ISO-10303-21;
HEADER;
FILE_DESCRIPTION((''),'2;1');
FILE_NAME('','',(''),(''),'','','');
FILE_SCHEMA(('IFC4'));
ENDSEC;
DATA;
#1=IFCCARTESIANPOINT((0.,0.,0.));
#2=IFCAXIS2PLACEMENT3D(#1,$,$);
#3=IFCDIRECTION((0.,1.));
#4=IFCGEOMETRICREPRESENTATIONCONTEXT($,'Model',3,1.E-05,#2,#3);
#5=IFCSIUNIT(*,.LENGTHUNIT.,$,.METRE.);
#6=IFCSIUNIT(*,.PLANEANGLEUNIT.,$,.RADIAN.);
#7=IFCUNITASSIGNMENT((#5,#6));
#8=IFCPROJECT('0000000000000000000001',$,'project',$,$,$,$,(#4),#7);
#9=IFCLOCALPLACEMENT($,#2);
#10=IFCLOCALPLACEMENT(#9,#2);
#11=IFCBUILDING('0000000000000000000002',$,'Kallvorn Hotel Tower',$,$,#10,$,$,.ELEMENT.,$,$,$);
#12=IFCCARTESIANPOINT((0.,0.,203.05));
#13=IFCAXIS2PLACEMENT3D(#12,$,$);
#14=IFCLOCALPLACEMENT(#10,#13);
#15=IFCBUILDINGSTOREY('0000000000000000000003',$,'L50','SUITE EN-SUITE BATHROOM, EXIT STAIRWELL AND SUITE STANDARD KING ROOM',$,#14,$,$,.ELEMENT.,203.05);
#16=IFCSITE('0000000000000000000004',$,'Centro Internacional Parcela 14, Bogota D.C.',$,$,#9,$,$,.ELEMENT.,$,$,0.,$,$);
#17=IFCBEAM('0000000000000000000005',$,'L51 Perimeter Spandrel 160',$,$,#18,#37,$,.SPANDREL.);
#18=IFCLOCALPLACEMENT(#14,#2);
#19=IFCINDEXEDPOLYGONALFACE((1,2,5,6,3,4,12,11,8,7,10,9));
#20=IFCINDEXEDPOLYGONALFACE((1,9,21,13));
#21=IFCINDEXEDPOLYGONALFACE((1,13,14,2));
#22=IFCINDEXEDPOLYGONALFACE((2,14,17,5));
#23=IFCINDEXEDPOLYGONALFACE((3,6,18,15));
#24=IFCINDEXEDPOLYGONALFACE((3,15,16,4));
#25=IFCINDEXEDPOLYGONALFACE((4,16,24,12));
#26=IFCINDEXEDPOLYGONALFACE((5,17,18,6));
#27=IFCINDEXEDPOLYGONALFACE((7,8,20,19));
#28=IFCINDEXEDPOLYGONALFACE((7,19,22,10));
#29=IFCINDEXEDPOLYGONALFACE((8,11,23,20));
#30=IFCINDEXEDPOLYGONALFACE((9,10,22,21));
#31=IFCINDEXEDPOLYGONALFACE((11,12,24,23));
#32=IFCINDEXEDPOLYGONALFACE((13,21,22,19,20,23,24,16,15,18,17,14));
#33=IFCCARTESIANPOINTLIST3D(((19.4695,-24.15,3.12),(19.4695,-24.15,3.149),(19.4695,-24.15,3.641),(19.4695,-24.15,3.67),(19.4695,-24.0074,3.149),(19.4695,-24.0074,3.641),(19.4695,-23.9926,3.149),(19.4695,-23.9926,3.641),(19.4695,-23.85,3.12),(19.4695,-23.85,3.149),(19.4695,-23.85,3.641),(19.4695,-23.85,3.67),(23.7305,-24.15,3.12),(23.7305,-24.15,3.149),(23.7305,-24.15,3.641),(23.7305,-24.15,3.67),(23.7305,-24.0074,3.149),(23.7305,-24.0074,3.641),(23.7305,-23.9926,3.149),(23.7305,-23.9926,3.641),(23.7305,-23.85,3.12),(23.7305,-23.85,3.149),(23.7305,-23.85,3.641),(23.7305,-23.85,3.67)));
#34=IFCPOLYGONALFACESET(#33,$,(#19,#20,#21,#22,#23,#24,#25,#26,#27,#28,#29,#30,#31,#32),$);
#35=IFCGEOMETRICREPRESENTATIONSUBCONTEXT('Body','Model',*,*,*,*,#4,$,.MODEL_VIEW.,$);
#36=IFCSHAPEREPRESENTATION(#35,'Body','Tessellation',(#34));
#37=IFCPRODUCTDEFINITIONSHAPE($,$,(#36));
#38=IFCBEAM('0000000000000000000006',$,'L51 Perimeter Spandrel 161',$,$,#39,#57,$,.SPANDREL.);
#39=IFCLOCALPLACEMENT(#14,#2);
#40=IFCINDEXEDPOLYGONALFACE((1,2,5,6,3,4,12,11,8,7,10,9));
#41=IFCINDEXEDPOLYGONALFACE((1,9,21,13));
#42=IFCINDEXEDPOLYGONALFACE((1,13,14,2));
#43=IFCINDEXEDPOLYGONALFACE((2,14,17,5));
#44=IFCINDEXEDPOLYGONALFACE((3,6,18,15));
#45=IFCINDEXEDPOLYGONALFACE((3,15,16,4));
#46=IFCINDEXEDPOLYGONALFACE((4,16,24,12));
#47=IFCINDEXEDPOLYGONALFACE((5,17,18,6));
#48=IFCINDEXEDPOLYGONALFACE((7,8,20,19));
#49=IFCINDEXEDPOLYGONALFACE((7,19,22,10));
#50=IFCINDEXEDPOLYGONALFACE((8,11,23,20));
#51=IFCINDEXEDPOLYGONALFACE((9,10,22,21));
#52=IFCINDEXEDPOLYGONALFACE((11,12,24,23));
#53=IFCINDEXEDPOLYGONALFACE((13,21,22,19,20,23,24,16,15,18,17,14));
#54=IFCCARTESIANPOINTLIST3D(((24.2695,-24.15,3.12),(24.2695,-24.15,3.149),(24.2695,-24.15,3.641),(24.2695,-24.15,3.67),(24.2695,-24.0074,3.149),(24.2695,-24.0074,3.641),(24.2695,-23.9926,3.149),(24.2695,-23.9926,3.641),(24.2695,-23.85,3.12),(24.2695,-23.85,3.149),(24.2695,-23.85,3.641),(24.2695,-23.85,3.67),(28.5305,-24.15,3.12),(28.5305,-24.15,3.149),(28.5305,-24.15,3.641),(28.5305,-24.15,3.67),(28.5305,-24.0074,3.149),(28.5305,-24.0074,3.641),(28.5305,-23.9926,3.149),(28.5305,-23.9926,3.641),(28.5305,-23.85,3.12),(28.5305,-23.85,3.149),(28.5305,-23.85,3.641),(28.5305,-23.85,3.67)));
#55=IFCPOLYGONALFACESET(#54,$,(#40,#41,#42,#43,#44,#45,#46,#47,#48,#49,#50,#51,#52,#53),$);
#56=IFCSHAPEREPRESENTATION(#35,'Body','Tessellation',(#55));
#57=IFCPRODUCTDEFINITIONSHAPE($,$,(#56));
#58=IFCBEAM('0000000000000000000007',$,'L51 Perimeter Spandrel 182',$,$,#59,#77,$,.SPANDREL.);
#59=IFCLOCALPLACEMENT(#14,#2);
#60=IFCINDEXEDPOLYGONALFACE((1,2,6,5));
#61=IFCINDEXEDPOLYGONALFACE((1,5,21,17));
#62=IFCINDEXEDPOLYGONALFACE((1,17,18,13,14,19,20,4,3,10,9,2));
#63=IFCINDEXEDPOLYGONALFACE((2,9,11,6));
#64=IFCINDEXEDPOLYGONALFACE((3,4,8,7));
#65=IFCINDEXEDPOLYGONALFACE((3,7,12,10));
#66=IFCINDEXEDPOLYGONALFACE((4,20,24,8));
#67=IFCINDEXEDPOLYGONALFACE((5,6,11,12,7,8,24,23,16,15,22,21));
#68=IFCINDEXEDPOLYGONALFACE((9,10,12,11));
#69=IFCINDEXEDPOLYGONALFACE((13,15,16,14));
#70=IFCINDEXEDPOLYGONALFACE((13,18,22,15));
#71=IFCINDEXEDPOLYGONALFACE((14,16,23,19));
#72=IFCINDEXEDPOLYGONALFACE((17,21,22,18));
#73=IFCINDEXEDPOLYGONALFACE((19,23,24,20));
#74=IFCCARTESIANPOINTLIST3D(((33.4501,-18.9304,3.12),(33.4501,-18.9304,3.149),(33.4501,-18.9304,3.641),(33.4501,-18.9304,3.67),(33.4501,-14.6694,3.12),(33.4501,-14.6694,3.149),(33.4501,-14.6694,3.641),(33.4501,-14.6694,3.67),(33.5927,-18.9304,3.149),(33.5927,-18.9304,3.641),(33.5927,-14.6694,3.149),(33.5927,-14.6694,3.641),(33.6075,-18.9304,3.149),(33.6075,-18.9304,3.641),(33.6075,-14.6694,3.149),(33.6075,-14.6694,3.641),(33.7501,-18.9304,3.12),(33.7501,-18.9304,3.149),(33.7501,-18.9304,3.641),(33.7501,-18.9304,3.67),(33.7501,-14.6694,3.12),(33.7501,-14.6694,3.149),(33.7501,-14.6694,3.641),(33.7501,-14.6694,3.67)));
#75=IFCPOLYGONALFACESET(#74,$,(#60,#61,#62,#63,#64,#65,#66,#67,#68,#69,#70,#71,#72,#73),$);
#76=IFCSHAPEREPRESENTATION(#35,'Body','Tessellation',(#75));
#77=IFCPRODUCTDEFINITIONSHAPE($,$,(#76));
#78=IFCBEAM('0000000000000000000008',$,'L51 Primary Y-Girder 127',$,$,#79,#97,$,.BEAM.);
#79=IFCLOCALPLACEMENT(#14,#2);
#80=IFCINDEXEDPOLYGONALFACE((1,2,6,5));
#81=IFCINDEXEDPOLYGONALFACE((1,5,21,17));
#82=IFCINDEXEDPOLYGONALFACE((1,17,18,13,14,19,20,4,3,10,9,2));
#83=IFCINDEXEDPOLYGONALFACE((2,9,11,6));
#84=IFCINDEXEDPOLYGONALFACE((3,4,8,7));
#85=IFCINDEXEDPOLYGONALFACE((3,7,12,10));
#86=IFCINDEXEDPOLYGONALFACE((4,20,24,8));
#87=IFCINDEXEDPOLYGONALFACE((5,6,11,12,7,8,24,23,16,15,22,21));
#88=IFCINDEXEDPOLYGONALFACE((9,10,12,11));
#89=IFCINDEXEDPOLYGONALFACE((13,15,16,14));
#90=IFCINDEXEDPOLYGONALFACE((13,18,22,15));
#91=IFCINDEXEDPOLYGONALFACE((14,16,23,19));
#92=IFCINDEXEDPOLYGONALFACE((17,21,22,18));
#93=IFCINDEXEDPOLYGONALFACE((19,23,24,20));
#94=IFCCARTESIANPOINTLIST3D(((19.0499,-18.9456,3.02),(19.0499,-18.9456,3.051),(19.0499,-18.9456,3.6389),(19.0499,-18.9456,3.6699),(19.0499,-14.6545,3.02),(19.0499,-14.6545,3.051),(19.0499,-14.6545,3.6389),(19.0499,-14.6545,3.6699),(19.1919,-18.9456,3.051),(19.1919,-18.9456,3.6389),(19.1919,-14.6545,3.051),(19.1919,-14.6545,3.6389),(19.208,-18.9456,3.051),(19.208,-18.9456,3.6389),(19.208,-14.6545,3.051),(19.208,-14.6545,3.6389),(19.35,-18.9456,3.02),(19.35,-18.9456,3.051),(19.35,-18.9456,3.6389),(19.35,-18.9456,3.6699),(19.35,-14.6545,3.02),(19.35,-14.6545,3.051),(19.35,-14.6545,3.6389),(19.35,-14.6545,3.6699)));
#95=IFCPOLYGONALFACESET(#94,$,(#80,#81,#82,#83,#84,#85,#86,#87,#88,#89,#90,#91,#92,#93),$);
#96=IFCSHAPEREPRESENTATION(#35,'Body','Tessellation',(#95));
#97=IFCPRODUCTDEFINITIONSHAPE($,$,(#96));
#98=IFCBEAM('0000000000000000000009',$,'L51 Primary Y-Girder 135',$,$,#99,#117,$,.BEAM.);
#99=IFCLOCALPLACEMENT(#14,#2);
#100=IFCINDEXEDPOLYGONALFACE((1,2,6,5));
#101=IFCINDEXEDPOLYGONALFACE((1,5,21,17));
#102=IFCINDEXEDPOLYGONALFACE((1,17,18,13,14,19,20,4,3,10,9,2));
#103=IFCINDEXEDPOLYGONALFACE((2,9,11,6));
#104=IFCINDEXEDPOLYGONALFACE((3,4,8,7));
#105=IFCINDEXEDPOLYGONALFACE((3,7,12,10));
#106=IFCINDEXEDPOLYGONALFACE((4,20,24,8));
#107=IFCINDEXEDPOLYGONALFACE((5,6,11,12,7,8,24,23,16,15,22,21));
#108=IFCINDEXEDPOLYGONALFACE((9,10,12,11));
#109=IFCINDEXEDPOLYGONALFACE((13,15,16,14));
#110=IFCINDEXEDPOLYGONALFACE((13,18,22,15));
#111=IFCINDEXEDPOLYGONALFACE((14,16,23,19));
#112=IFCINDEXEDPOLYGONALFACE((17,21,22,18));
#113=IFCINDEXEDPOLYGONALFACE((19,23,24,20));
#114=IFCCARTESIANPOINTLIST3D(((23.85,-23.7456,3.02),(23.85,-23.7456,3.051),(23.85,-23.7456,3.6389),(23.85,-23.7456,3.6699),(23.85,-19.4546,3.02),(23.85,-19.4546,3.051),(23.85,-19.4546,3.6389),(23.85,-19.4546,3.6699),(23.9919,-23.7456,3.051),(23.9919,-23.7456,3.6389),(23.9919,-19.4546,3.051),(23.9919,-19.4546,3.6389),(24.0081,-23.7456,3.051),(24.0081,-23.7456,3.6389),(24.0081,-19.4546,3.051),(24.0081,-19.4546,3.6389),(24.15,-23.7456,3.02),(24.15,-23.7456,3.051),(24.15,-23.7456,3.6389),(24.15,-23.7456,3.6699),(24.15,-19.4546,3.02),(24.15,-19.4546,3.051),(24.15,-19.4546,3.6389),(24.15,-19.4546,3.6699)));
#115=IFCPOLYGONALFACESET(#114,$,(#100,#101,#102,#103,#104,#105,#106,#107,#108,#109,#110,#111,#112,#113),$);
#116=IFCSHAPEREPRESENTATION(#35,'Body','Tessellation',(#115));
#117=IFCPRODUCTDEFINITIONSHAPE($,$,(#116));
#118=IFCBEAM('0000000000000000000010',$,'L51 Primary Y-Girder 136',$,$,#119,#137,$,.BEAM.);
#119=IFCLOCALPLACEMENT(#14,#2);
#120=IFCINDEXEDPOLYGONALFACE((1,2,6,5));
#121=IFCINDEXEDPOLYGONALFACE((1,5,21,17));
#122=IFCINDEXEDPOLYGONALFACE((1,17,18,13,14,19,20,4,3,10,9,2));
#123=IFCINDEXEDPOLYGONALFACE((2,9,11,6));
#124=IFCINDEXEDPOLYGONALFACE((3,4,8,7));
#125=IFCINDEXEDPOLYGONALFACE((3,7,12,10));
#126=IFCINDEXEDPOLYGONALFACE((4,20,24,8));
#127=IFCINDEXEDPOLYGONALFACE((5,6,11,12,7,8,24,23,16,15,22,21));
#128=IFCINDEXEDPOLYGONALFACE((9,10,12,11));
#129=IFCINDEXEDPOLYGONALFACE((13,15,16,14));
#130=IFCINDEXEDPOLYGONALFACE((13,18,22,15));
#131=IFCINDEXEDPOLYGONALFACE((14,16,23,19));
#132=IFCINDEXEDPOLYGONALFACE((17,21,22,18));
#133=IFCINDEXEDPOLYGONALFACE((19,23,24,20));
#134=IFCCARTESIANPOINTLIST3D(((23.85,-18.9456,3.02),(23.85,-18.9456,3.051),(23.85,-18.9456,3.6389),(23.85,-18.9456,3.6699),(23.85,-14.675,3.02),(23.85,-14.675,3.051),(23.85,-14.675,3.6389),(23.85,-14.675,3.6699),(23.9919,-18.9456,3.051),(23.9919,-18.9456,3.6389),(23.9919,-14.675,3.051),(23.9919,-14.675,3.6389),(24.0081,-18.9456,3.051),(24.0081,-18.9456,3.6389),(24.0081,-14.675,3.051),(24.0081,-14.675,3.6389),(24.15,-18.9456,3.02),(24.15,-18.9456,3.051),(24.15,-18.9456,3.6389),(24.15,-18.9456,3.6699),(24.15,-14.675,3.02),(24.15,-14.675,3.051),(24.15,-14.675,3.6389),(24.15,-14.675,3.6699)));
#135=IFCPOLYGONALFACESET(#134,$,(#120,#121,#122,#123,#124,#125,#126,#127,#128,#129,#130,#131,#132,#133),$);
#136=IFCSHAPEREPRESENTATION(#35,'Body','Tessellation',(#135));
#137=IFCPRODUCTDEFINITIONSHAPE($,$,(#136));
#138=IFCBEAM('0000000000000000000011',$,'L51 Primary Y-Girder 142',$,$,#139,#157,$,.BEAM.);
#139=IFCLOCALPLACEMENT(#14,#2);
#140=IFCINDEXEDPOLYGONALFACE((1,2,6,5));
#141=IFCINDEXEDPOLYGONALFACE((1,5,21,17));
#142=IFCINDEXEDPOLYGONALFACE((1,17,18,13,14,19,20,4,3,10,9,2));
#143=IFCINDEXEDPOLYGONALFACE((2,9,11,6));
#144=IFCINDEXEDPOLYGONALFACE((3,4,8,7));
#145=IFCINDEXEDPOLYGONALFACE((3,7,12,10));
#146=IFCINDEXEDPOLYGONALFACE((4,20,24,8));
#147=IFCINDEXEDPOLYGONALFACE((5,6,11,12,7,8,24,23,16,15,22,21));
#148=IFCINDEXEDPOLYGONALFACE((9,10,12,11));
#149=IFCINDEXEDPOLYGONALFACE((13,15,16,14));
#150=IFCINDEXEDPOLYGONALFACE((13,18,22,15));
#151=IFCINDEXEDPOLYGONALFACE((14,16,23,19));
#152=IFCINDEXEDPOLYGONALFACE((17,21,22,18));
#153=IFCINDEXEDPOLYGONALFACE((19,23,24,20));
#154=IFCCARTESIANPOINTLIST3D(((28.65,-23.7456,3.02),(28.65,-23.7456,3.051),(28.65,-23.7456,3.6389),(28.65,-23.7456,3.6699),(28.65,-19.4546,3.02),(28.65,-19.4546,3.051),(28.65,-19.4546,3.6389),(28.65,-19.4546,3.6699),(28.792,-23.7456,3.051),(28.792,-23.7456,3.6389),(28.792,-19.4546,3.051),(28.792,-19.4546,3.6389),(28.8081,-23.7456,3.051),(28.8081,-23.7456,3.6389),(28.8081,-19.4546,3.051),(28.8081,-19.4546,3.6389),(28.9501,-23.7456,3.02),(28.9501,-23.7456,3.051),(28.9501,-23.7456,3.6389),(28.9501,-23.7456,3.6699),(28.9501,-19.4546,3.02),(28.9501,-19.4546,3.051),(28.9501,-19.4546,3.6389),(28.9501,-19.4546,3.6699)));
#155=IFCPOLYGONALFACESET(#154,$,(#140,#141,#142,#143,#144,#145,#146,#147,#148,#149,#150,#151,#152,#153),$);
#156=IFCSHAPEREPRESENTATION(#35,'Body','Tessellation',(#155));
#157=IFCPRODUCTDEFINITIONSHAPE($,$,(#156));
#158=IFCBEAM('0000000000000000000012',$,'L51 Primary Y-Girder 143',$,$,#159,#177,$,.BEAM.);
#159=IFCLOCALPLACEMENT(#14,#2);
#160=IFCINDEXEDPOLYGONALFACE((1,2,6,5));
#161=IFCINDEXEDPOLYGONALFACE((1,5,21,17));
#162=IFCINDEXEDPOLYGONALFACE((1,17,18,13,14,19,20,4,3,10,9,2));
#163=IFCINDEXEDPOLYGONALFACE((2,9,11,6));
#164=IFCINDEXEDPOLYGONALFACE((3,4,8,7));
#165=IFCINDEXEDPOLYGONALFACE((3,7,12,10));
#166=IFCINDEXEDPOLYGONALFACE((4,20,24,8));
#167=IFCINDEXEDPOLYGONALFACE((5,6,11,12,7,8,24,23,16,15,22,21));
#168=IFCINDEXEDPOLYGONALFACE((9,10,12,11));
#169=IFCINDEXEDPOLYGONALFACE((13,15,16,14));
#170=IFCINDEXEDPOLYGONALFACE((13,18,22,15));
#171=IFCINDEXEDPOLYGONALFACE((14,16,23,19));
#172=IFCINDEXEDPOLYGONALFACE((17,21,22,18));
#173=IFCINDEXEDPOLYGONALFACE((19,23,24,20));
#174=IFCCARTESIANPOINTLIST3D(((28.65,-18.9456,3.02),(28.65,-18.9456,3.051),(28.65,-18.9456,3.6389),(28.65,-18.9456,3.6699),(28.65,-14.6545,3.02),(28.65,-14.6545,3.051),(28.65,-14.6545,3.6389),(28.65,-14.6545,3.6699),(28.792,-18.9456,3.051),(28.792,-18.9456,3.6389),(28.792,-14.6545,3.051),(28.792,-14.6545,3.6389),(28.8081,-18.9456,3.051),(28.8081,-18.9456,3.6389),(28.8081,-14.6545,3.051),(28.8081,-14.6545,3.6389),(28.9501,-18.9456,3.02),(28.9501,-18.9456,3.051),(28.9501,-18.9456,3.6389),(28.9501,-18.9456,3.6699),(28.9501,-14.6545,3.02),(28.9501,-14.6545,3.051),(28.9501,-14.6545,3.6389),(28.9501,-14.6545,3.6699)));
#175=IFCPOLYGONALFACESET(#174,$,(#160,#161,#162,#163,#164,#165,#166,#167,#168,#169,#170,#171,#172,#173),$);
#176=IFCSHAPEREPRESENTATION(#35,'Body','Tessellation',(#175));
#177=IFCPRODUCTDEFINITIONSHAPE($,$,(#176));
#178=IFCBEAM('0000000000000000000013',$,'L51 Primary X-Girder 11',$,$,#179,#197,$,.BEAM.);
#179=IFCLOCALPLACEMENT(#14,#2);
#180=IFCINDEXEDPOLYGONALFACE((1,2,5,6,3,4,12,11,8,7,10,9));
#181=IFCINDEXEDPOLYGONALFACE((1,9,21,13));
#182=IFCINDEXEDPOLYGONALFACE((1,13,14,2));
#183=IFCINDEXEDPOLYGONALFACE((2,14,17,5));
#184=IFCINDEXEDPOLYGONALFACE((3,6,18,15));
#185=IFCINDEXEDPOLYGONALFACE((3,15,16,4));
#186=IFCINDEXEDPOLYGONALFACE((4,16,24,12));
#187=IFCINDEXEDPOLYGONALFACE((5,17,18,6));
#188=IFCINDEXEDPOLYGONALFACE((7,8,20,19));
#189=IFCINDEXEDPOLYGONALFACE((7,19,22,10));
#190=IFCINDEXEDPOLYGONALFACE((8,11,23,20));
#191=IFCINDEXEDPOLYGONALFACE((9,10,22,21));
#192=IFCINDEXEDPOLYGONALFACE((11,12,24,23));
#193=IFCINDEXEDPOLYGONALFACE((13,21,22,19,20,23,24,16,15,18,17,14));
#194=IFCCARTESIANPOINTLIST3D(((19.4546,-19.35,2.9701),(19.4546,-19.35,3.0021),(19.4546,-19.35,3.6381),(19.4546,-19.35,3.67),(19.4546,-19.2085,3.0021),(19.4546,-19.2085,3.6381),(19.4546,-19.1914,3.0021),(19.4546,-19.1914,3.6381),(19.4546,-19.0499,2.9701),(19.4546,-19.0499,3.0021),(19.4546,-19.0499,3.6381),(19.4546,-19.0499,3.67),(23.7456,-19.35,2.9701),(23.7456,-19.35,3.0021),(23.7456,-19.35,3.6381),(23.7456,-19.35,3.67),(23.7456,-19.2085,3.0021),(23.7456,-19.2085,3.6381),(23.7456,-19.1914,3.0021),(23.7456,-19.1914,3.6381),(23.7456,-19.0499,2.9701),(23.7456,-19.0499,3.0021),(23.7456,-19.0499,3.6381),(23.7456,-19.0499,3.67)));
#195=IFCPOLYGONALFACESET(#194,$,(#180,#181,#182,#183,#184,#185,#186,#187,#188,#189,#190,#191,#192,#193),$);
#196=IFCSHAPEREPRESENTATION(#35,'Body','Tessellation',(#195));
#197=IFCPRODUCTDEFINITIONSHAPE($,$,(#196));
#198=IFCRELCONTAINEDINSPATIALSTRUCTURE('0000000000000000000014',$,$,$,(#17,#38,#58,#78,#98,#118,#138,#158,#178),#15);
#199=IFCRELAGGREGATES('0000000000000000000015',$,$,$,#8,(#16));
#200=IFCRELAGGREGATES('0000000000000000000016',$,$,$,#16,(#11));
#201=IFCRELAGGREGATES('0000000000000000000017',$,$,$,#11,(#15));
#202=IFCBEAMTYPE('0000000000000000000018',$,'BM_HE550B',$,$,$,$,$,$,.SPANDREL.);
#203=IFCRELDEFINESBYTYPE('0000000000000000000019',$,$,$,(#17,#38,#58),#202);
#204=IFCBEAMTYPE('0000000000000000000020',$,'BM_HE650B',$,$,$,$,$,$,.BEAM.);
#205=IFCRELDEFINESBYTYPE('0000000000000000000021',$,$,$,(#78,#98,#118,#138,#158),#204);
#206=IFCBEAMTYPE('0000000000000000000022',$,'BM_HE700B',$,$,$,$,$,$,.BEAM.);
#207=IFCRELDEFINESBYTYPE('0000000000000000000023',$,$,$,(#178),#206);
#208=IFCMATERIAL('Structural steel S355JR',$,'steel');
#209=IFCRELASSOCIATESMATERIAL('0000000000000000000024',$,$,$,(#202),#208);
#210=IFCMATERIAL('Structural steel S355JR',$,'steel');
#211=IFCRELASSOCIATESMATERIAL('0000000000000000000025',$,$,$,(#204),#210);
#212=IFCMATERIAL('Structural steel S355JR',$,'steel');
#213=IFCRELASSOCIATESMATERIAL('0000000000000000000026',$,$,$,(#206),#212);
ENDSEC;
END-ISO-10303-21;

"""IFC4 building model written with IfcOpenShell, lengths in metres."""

from ifc_helpers import new_model, si_unit, direction, frame, origin, origin_2d, place, context, subcontext, project, spatial, i_section, extrude, material, material_profile, profile_set, type_object, element, save


model = new_model("IFC4")

# Units and contexts
model_context = context("Model", 3, precision=1e-05, world=origin(), true_north=direction((0.0, 1.0)))
body_context = subcontext(model_context, "Body", "Model", "MODEL_VIEW")
ifc_project = project(units=[si_unit("LENGTHUNIT", "METRE"), si_unit("PLANEANGLEUNIT", "RADIAN")], contexts=[model_context])

# Site, building, storey
site_placement = place(None, origin())
site = spatial("IfcSite", under=ifc_project, at=site_placement, Name="Centro Internacional Parcela 14, Bogota D.C.", CompositionType="ELEMENT", RefElevation=0.0)
building_placement = place(site_placement, origin())
building = spatial("IfcBuilding", under=site, at=building_placement, Name="Kallvorn Hotel Tower", CompositionType="ELEMENT")
storey_placement = place(building_placement, frame((0.0, 0.0, 203.05)))
storey = spatial("IfcBuildingStorey", under=building, at=storey_placement, Name="L50", Description="SUITE EN-SUITE BATHROOM, EXIT STAIRWELL AND SUITE STANDARD KING ROOM", CompositionType="ELEMENT", Elevation=203.05)

# Beams
ifc_material_1 = material(Name="Structural steel S355JR", Category="steel")
ifc_material_profile_1 = material_profile(ifc_material_1, i_section(OverallWidth=0.3, OverallDepth=0.55, WebThickness=0.0149, FlangeThickness=0.0291, at=origin_2d()), Name="HE 550 B")
ifc_profile_set_1 = profile_set([ifc_material_profile_1], Name="Structural steel S355JR")
beam_type_1 = type_object("IfcBeamType", Name="BM_HE550B", PredefinedType="SPANDREL", material=ifc_profile_set_1)
for number, where, z_axis, x_axis, name in (
    (1, (19.4695, -24.0, 3.395), (1.0, 0.0, 0.0), (0.0, 1.0, 0.0), "L51 Perimeter Spandrel 160"),
    (2, (24.2695, -24.0, 3.395), (1.0, 0.0, 0.0), (0.0, 1.0, 0.0), "L51 Perimeter Spandrel 161"),
    (3, (33.6001, -18.9304, 3.395), (0.0, 1.0, 0.0), (-1.0, 0.0, 0.0), "L51 Perimeter Spandrel 182"),
):
    element("IfcBeam", number, at=place(storey_placement, frame(where, z_axis=z_axis, x_axis=x_axis)), inside=storey, type_object=beam_type_1, Name=name, PredefinedType="SPANDREL", context=body_context, shape_type="SweptSolid", body=[
        extrude(i_section(OverallWidth=0.3, OverallDepth=0.55, WebThickness=0.0149, FlangeThickness=0.0291, at=origin_2d()), origin(), (0.0, 0.0, 1.0), 4.261),
    ])
ifc_material_2 = material(Name="Structural steel S355JR", Category="steel")
ifc_material_profile_2 = material_profile(ifc_material_2, i_section(OverallWidth=0.3, OverallDepth=0.6499, WebThickness=0.0161, FlangeThickness=0.031, at=origin_2d()), Name="HE 650 B")
ifc_profile_set_2 = profile_set([ifc_material_profile_2], Name="Structural steel S355JR")
beam_type_2 = type_object("IfcBeamType", Name="BM_HE650B", PredefinedType="BEAM", material=ifc_profile_set_2)
for number, where, z_axis, x_axis, name in (
    (4, (19.2, -18.9456, 3.345), (0.0, 1.0, 0.0), (-1.0, 0.0, 0.0), "L51 Primary Y-Girder 127"),
    (5, (24.0, -23.7456, 3.345), (0.0, 1.0, 0.0), (-1.0, 0.0, 0.0), "L51 Primary Y-Girder 135"),
):
    element("IfcBeam", number, at=place(storey_placement, frame(where, z_axis=z_axis, x_axis=x_axis)), inside=storey, type_object=beam_type_2, Name=name, PredefinedType="BEAM", context=body_context, shape_type="SweptSolid", body=[
        extrude(i_section(OverallWidth=0.3, OverallDepth=0.6499, WebThickness=0.0161, FlangeThickness=0.031, at=origin_2d()), origin(), (0.0, 0.0, 1.0), 4.291),
    ])
beam_1_placement = place(storey_placement, frame((24.0, -18.9456, 3.345), z_axis=(0.0, 1.0, 0.0), x_axis=(-1.0, 0.0, 0.0)))
element("IfcBeam", 6, at=beam_1_placement, inside=storey, type_object=beam_type_2, Name="L51 Primary Y-Girder 136", PredefinedType="BEAM", context=body_context, shape_type="SweptSolid", body=[
    extrude(i_section(OverallWidth=0.3, OverallDepth=0.6499, WebThickness=0.0161, FlangeThickness=0.031, at=origin_2d()), origin(), (0.0, 0.0, 1.0), 4.2705),
])
for number, where, z_axis, x_axis, name in (
    (7, (28.8, -23.7456, 3.345), (0.0, 1.0, 0.0), (-1.0, 0.0, 0.0), "L51 Primary Y-Girder 142"),
    (8, (28.8, -18.9456, 3.345), (0.0, 1.0, 0.0), (-1.0, 0.0, 0.0), "L51 Primary Y-Girder 143"),
):
    element("IfcBeam", number, at=place(storey_placement, frame(where, z_axis=z_axis, x_axis=x_axis)), inside=storey, type_object=beam_type_2, Name=name, PredefinedType="BEAM", context=body_context, shape_type="SweptSolid", body=[
        extrude(i_section(OverallWidth=0.3, OverallDepth=0.6499, WebThickness=0.0161, FlangeThickness=0.031, at=origin_2d()), origin(), (0.0, 0.0, 1.0), 4.291),
    ])
ifc_material_3 = material(Name="Structural steel S355JR", Category="steel")
ifc_material_profile_3 = material_profile(ifc_material_3, i_section(OverallWidth=0.3, OverallDepth=0.7, WebThickness=0.0171, FlangeThickness=0.032, at=origin_2d()), Name="HE 700 B")
ifc_profile_set_3 = profile_set([ifc_material_profile_3], Name="Structural steel S355JR")
beam_type_3 = type_object("IfcBeamType", Name="BM_HE700B", PredefinedType="BEAM", material=ifc_profile_set_3)
for number, where, z_axis, x_axis, name in (
    (9, (19.4546, -19.2, 3.3201), (1.0, 0.0, 0.0), (0.0, 1.0, 0.0), "L51 Primary X-Girder 11"),
):
    element("IfcBeam", number, at=place(storey_placement, frame(where, z_axis=z_axis, x_axis=x_axis)), inside=storey, type_object=beam_type_3, Name=name, PredefinedType="BEAM", context=body_context, shape_type="SweptSolid", body=[
        extrude(i_section(OverallWidth=0.3, OverallDepth=0.7, WebThickness=0.0171, FlangeThickness=0.032, at=origin_2d()), origin(), (0.0, 0.0, 1.0), 4.291),
    ])

save(model, "model.ifc")
